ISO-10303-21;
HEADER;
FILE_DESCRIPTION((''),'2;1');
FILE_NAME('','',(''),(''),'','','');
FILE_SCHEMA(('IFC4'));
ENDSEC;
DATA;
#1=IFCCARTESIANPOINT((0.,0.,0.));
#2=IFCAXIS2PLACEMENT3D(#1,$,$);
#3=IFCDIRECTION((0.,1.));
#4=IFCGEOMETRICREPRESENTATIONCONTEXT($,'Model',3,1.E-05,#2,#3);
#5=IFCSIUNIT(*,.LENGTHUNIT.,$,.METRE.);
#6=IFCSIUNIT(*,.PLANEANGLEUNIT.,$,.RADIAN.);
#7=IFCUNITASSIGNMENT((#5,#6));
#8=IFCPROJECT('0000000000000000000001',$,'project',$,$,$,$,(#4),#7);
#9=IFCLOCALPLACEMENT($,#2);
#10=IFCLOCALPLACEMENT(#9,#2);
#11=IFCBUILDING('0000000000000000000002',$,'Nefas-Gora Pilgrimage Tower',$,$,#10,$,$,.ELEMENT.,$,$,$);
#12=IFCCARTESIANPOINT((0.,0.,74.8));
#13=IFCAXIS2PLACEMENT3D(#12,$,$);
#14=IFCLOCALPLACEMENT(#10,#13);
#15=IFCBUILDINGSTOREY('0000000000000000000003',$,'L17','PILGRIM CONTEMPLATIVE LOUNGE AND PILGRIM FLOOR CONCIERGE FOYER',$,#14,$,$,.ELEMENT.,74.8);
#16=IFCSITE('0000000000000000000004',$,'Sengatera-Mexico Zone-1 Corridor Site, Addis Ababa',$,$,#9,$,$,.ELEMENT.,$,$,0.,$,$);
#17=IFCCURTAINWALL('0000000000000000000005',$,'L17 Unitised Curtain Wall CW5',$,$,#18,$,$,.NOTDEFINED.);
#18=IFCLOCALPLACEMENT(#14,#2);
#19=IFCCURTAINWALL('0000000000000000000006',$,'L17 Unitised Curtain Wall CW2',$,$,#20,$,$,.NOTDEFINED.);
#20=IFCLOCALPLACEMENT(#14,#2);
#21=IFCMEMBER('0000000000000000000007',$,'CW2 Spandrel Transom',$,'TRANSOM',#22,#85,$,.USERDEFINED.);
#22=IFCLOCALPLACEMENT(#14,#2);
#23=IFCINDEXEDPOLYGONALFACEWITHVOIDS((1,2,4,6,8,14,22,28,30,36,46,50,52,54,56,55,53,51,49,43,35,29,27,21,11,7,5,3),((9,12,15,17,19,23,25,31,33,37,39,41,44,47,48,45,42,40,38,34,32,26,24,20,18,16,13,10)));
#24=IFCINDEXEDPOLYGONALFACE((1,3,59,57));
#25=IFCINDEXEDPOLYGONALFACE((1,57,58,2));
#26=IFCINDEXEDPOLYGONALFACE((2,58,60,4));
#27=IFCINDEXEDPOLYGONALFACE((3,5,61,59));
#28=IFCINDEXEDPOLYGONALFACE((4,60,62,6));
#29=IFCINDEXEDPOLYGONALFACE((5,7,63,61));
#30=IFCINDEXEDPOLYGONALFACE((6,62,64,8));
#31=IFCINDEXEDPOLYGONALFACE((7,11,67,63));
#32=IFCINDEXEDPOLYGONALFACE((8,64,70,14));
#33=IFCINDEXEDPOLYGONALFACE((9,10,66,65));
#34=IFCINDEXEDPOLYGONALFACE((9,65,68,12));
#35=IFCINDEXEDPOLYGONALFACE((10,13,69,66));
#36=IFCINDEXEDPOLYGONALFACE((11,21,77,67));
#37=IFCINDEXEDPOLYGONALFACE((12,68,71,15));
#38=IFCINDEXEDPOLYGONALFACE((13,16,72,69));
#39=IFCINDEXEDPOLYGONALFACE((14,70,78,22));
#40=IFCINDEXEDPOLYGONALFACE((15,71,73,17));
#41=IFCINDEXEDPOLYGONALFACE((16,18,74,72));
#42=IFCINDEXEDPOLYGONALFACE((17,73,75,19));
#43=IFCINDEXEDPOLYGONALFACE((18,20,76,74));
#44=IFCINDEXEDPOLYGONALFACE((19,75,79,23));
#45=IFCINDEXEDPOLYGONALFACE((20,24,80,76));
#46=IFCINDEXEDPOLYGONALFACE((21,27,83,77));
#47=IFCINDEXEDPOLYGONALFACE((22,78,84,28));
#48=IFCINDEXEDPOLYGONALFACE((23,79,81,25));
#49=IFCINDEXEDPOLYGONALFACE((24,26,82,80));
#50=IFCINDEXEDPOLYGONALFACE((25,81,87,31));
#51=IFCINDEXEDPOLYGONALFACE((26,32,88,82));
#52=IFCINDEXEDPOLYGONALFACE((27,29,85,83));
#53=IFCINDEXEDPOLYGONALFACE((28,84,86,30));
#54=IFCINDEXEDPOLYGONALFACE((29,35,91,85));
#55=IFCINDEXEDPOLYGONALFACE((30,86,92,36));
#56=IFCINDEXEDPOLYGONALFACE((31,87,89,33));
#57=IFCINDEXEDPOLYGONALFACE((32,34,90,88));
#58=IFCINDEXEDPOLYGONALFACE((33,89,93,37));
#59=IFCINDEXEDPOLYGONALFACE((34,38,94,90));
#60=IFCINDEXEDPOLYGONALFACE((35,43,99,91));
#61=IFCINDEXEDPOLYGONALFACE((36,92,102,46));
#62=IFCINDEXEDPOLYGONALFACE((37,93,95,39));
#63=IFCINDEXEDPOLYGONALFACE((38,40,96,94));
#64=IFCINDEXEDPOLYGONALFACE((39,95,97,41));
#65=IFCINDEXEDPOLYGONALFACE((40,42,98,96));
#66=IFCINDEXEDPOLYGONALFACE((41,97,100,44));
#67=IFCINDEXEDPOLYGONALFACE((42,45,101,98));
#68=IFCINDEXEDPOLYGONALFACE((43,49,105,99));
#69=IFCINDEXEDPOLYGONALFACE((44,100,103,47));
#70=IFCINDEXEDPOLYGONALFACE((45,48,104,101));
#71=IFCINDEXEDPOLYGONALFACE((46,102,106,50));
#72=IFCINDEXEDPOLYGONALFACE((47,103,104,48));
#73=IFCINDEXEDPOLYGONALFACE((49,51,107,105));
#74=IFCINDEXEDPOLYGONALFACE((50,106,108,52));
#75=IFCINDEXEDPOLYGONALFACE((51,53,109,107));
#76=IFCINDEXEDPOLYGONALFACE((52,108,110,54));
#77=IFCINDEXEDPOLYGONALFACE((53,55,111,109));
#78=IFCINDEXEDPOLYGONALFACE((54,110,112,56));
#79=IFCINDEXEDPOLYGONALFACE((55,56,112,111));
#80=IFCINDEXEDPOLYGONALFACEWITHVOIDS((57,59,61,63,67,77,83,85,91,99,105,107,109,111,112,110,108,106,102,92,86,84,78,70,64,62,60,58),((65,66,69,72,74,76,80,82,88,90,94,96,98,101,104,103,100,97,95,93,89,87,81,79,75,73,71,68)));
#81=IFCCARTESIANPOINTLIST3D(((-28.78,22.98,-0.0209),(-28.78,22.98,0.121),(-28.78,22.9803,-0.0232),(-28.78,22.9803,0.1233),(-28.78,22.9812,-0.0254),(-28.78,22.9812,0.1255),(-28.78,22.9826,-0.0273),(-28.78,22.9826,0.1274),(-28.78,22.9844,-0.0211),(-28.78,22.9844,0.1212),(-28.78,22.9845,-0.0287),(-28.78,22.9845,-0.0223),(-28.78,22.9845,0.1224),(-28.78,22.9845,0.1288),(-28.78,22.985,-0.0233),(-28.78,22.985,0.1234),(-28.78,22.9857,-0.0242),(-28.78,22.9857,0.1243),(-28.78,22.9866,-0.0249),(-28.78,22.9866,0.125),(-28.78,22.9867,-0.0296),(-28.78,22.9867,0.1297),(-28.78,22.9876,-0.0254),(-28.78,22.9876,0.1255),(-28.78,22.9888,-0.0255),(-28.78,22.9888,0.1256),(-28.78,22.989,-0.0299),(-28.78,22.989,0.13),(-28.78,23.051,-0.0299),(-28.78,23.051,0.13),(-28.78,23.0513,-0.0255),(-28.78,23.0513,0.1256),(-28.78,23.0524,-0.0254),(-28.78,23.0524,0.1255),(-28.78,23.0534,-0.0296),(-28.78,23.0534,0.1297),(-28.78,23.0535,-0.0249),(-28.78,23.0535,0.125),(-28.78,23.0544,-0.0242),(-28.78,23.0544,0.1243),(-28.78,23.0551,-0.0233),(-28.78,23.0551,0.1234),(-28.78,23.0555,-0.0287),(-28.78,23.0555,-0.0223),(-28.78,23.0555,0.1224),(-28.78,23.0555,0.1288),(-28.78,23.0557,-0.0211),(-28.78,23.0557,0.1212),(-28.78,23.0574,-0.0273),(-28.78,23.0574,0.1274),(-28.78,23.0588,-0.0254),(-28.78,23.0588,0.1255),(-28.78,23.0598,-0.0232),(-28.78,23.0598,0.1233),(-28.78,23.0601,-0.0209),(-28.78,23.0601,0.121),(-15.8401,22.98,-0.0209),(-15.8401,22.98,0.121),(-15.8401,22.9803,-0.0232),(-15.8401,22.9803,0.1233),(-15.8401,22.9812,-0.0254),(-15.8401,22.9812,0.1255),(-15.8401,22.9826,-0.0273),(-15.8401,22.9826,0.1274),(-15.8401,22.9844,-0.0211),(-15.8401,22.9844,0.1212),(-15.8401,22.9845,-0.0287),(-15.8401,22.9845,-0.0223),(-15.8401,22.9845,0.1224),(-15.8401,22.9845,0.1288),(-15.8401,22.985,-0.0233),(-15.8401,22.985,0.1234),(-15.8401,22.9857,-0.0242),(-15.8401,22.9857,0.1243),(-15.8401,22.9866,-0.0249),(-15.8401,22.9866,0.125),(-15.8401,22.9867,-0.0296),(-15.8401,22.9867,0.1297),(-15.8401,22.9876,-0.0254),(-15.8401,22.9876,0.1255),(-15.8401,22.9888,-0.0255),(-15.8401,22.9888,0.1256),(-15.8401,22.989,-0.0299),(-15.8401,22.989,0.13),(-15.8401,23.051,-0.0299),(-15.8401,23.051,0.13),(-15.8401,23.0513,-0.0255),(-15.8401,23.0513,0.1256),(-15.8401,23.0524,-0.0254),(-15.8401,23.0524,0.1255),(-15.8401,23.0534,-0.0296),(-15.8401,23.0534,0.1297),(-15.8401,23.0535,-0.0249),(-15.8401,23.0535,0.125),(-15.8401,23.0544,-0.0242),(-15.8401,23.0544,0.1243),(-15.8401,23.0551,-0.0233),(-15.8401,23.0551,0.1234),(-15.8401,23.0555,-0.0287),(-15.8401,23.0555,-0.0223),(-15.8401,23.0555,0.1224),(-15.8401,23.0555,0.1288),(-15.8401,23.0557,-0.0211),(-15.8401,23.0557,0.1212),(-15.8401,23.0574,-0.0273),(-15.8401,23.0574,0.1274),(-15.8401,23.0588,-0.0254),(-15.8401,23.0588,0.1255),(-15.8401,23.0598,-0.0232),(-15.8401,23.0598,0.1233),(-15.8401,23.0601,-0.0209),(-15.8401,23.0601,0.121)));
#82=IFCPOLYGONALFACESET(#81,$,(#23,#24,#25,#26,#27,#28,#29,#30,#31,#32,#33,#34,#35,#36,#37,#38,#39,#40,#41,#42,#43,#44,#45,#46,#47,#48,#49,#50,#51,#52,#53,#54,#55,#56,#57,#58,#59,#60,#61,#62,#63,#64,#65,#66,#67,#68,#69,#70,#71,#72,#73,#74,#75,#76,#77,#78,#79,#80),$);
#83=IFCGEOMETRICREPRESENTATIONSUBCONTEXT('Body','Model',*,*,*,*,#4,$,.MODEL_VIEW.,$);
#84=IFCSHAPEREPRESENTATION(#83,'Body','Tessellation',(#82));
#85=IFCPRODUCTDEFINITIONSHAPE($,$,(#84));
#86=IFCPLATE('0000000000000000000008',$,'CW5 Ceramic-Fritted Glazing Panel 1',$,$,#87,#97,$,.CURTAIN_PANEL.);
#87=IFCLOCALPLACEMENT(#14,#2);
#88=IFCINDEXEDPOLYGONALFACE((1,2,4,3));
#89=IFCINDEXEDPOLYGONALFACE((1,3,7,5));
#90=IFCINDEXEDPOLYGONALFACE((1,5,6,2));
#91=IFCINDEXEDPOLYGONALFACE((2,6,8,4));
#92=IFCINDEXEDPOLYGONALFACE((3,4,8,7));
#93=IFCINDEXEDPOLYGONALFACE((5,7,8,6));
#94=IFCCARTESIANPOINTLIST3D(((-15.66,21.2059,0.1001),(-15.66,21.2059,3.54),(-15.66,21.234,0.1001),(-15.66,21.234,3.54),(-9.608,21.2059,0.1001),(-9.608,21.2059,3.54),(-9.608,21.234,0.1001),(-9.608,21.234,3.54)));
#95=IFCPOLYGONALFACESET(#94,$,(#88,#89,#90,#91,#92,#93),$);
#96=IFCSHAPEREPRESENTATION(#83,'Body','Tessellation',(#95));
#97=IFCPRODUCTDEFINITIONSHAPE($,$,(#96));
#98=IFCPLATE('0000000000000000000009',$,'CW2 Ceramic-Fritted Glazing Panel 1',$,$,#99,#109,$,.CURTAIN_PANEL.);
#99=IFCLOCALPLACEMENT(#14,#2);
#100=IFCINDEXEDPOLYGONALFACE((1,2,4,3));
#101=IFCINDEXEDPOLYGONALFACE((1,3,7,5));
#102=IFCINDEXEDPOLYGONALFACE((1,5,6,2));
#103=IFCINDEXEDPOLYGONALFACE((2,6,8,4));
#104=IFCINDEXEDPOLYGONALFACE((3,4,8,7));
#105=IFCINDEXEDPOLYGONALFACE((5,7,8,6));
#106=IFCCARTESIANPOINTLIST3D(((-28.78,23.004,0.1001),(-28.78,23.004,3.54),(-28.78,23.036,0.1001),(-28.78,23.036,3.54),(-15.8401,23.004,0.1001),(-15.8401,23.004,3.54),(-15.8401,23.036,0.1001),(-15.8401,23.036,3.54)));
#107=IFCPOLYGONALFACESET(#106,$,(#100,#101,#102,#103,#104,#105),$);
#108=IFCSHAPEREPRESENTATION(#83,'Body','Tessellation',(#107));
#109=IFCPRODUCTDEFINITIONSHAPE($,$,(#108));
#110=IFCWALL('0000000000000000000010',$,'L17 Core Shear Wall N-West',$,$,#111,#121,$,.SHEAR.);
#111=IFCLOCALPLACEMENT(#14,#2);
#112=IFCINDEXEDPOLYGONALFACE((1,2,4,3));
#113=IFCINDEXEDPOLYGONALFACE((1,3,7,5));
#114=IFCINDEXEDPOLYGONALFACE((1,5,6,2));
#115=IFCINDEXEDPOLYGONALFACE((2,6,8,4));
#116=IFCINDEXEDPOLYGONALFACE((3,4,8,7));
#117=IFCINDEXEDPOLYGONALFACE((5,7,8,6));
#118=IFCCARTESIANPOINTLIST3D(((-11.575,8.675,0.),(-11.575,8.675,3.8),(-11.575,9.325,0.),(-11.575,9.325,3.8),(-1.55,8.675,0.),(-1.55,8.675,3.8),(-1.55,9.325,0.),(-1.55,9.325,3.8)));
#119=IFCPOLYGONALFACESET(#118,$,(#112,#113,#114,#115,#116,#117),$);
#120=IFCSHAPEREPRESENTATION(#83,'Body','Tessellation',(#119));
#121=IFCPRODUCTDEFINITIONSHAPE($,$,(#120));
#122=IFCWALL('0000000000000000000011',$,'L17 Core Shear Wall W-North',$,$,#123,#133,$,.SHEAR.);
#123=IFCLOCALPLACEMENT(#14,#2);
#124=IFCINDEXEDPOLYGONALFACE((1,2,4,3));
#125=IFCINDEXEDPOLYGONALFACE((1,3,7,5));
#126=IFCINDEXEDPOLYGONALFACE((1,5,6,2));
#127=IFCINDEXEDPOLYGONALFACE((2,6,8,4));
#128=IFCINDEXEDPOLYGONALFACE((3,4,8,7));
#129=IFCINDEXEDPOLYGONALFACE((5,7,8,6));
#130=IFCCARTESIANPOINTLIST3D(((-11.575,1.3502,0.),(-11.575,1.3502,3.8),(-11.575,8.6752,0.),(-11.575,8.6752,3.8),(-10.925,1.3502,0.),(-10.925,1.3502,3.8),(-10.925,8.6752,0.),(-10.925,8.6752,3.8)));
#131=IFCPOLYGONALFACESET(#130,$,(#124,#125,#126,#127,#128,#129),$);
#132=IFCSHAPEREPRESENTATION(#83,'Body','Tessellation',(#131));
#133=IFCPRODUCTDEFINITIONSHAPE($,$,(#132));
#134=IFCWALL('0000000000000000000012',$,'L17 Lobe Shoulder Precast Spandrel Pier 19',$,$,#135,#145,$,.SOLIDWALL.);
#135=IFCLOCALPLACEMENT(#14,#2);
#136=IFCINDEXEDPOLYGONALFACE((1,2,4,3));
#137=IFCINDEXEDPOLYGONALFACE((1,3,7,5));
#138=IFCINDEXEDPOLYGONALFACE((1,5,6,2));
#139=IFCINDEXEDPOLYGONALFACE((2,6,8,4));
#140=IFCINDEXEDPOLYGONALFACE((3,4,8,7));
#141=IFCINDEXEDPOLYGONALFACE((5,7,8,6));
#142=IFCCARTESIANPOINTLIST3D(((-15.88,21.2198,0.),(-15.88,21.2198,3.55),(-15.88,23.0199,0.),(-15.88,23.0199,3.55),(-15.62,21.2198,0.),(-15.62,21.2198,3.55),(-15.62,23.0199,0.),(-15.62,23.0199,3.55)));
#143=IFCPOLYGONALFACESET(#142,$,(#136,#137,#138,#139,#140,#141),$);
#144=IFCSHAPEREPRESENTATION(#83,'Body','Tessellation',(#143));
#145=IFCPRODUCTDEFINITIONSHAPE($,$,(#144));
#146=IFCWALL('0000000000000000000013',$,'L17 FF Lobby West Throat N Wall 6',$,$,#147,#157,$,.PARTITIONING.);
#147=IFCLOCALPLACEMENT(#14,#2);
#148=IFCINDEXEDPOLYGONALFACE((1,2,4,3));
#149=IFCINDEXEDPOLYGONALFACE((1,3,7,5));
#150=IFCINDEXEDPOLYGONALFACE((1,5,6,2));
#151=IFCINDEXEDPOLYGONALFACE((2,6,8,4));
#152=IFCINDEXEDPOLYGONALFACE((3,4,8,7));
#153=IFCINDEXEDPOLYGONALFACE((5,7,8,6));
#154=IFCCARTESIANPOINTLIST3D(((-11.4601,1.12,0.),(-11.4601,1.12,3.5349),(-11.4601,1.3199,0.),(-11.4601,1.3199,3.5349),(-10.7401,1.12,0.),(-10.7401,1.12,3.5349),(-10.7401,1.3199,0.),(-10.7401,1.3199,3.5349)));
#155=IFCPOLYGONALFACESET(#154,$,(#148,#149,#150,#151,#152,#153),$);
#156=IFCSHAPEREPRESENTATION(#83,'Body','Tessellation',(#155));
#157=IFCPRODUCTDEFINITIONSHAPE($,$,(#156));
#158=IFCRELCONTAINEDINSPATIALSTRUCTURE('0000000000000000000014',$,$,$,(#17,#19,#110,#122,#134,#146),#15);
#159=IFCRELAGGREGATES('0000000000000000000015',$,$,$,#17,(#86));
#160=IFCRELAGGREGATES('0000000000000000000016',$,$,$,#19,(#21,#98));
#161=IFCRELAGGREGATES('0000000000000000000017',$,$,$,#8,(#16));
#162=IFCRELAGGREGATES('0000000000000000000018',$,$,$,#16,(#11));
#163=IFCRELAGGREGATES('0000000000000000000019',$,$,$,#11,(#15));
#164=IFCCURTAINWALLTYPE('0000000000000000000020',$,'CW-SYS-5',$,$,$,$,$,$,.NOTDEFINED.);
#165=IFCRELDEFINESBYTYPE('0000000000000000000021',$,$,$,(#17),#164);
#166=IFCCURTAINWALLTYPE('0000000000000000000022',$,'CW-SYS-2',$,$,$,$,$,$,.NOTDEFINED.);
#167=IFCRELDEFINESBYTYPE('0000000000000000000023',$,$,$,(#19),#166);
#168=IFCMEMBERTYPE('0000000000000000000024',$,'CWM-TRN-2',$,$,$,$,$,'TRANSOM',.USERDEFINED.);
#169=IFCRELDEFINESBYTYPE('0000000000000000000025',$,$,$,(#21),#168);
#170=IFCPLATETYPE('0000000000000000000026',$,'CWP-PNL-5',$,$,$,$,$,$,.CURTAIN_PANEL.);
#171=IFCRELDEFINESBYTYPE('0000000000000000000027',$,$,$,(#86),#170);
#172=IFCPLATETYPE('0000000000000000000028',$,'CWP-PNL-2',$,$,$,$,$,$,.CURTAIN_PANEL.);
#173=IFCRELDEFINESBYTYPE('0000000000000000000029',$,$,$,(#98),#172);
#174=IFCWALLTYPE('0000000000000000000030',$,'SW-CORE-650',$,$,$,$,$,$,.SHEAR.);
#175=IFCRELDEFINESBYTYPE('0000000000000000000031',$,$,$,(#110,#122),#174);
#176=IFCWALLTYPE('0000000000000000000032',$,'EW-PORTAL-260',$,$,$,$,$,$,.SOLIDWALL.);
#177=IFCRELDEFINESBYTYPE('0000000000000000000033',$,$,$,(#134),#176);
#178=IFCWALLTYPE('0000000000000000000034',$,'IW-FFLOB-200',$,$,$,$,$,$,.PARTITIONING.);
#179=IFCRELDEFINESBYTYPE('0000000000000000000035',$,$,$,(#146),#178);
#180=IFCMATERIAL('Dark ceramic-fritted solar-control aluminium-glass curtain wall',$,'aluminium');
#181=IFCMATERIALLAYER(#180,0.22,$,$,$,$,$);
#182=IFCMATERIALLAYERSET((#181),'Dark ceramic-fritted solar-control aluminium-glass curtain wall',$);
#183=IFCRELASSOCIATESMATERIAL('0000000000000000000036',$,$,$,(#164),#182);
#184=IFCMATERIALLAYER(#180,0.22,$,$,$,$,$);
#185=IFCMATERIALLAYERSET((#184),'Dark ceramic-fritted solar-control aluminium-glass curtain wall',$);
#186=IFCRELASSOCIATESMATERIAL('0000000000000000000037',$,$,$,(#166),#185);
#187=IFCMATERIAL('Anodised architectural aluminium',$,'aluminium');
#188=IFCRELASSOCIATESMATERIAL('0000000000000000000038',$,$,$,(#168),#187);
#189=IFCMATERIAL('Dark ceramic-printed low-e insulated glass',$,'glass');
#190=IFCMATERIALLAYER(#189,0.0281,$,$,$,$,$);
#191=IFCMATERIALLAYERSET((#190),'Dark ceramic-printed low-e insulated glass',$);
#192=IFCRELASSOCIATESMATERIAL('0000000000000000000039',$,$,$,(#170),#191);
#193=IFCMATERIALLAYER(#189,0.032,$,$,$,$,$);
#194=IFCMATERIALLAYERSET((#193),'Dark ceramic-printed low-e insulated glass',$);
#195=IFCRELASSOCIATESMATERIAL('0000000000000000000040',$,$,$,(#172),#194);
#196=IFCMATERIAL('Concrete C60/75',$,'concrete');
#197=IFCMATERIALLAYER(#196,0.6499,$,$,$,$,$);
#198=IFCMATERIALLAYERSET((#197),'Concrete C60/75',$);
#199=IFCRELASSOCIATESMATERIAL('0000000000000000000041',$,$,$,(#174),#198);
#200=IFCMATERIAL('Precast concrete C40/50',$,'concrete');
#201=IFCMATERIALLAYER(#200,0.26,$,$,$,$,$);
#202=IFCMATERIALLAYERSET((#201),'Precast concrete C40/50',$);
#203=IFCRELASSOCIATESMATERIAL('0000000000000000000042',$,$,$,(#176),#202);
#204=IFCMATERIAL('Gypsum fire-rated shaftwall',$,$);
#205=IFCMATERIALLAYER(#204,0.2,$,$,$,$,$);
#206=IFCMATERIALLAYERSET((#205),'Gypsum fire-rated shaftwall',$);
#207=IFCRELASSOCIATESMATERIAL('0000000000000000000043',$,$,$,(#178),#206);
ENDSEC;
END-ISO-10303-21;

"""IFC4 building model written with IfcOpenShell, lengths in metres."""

from ifc_helpers import new_model, si_unit, direction, frame, frame_2d, origin, origin_2d, place, context, subcontext, project, spatial, rectangle, hollow_rectangle, extrude, source, transform, mapped, material, layer, layer_set, material_profile, profile_set, type_object, element, aggregate, save


model = new_model("IFC4")

# Units and contexts
model_context = context("Model", 3, precision=1e-05, world=origin(), true_north=direction((0.0, 1.0)))
body_context = subcontext(model_context, "Body", "Model", "MODEL_VIEW")
ifc_project = project(units=[si_unit("LENGTHUNIT", "METRE"), si_unit("PLANEANGLEUNIT", "RADIAN")], contexts=[model_context])

# Site, building, storey
site_placement = place(None, origin())
site = spatial("IfcSite", under=ifc_project, at=site_placement, Name="Sengatera-Mexico Zone-1 Corridor Site, Addis Ababa", CompositionType="ELEMENT", RefElevation=0.0)
building_placement = place(site_placement, origin())
building = spatial("IfcBuilding", under=site, at=building_placement, Name="Nefas-Gora Pilgrimage Tower", CompositionType="ELEMENT")
storey_placement = place(building_placement, frame((0.0, 0.0, 74.8)))
storey = spatial("IfcBuildingStorey", under=building, at=storey_placement, Name="L17", Description="PILGRIM CONTEMPLATIVE LOUNGE AND PILGRIM FLOOR CONCIERGE FOYER", CompositionType="ELEMENT", Elevation=74.8)

# Curtain wall
ifc_material_1 = material(Name="Dark ceramic-fritted solar-control aluminium-glass curtain wall", Category="aluminium")
ifc_layer_1 = layer(ifc_material_1, 0.22)
ifc_layer_set_1 = layer_set([ifc_layer_1], Name="Dark ceramic-fritted solar-control aluminium-glass curtain wall")
curtain_wall_type_1 = type_object("IfcCurtainWallType", Name="CW-SYS-5", PredefinedType="NOTDEFINED", material=ifc_layer_set_1)
curtain_wall_1_placement = place(storey_placement, origin())
curtain_wall_1 = element("IfcCurtainWall", 1, at=curtain_wall_1_placement, inside=storey, type_object=curtain_wall_type_1, Name="L17 Unitised Curtain Wall CW5", PredefinedType="NOTDEFINED")
ifc_material_2 = material(Name="Anodised architectural aluminium", Category="aluminium")

# Curtain wall, member
ifc_layer_2 = layer(ifc_material_1, 0.22)
ifc_layer_set_2 = layer_set([ifc_layer_2], Name="Dark ceramic-fritted solar-control aluminium-glass curtain wall")
curtain_wall_type_2 = type_object("IfcCurtainWallType", Name="CW-SYS-2", PredefinedType="NOTDEFINED", material=ifc_layer_set_2)
curtain_wall_2_placement = place(storey_placement, origin())
curtain_wall_2 = element("IfcCurtainWall", 2, at=curtain_wall_2_placement, inside=storey, type_object=curtain_wall_type_2, Name="L17 Unitised Curtain Wall CW2", PredefinedType="NOTDEFINED")
ifc_material_profile_1 = material_profile(ifc_material_2, hollow_rectangle(XDim=0.0801, YDim=0.1599, WallThickness=0.0044, InnerFilletRadius=0.0044, OuterFilletRadius=0.009, at=origin_2d()), Name="ALU TRANSOM 80x160")
ifc_profile_set_1 = profile_set([ifc_material_profile_1], Name="Anodised architectural aluminium")
member_type_1 = type_object("IfcMemberType", Name="CWM-TRN-2", ElementType="TRANSOM", PredefinedType="USERDEFINED", material=ifc_profile_set_1)
shared_shape_1 = source(origin(), body_context, "Body", "SweptSolid", [
    extrude(hollow_rectangle(XDim=0.0801, YDim=0.1599, WallThickness=0.0044, InnerFilletRadius=0.0044, OuterFilletRadius=0.009, at=origin_2d()), origin(), (0.0, 0.0, 1.0), 12.9399),
])
member_1_placement = place(storey_placement, frame((-15.8401, 23.02, 0.05), z_axis=(-1.0, 0.0, 0.0), x_axis=(0.0, -1.0, 0.0)))
member_1 = element("IfcMember", 3, at=member_1_placement, type_object=member_type_1, Name="CW2 Spandrel Transom", ObjectType="TRANSOM", PredefinedType="USERDEFINED", context=body_context, shape_type="MappedRepresentation", body=[
    mapped(shared_shape_1, transform((0.0, 0.0, 0.0), x_axis=(1.0, 0.0, 0.0), y_axis=(0.0, 1.0, 0.0), z_axis=(0.0, 0.0, 1.0), scale=1.0)),
])

# Plates
ifc_material_3 = material(Name="Dark ceramic-printed low-e insulated glass", Category="glass")
ifc_layer_3 = layer(ifc_material_3, 0.0281)
ifc_layer_set_3 = layer_set([ifc_layer_3], Name="Dark ceramic-printed low-e insulated glass")
plate_type_1 = type_object("IfcPlateType", Name="CWP-PNL-5", PredefinedType="CURTAIN_PANEL", material=ifc_layer_set_3)
shared_shape_2 = source(origin(), body_context, "Body", "SweptSolid", [
    extrude(rectangle(XDim=6.052, YDim=0.0281, at=origin_2d()), origin(), (0.0, 0.0, 1.0), 3.4399),
])
plate_1_placement = place(storey_placement, frame((-12.634, 21.22, 0.1001), z_axis=(0.0, 0.0, 1.0), x_axis=(-1.0, 0.0, 0.0)))
plate_1 = element("IfcPlate", 4, at=plate_1_placement, type_object=plate_type_1, Name="CW5 Ceramic-Fritted Glazing Panel 1", PredefinedType="CURTAIN_PANEL", context=body_context, shape_type="MappedRepresentation", body=[
    mapped(shared_shape_2, transform((0.0, 0.0, 0.0), x_axis=(1.0, 0.0, 0.0), y_axis=(0.0, 1.0, 0.0), z_axis=(0.0, 0.0, 1.0), scale=1.0)),
])
aggregate(curtain_wall_1, [plate_1])
ifc_layer_4 = layer(ifc_material_3, 0.032)
ifc_layer_set_4 = layer_set([ifc_layer_4], Name="Dark ceramic-printed low-e insulated glass")
plate_type_2 = type_object("IfcPlateType", Name="CWP-PNL-2", PredefinedType="CURTAIN_PANEL", material=ifc_layer_set_4)
shared_shape_3 = source(origin(), body_context, "Body", "SweptSolid", [
    extrude(rectangle(XDim=12.9399, YDim=0.032, at=origin_2d()), origin(), (0.0, 0.0, 1.0), 3.4399),
])
plate_2_placement = place(storey_placement, frame((-22.3101, 23.02, 0.1001), z_axis=(0.0, 0.0, 1.0), x_axis=(-1.0, 0.0, 0.0)))
plate_2 = element("IfcPlate", 5, at=plate_2_placement, type_object=plate_type_2, Name="CW2 Ceramic-Fritted Glazing Panel 1", PredefinedType="CURTAIN_PANEL", context=body_context, shape_type="MappedRepresentation", body=[
    mapped(shared_shape_3, transform((0.0, 0.0, 0.0), x_axis=(1.0, 0.0, 0.0), y_axis=(0.0, 1.0, 0.0), z_axis=(0.0, 0.0, 1.0), scale=1.0)),
])
aggregate(curtain_wall_2, [member_1, plate_2])

# Walls
ifc_material_4 = material(Name="Concrete C60/75", Category="concrete")
ifc_layer_5 = layer(ifc_material_4, 0.6499)
ifc_layer_set_5 = layer_set([ifc_layer_5], Name="Concrete C60/75")
wall_type_1 = type_object("IfcWallType", Name="SW-CORE-650", PredefinedType="SHEAR", material=ifc_layer_set_5)
shared_shape_4 = source(origin(), body_context, "Body", "SweptSolid", [
    extrude(rectangle(XDim=10.0249, YDim=0.6499, at=frame_2d((5.0125, 0.0))), origin(), (0.0, 0.0, 1.0), 3.8),
])
wall_1_placement = place(storey_placement, frame((-11.575, 9.0, 0.0), z_axis=(0.0, 0.0, 1.0), x_axis=(1.0, 0.0, 0.0)))
element("IfcWall", 6, at=wall_1_placement, inside=storey, type_object=wall_type_1, Name="L17 Core Shear Wall N-West", PredefinedType="SHEAR", context=body_context, shape_type="MappedRepresentation", body=[
    mapped(shared_shape_4, transform((0.0, 0.0, 0.0), x_axis=(1.0, 0.0, 0.0), y_axis=(0.0, 1.0, 0.0), z_axis=(0.0, 0.0, 1.0), scale=1.0)),
])
shared_shape_5 = source(origin(), body_context, "Body", "SweptSolid", [
    extrude(rectangle(XDim=7.325, YDim=0.6499, at=frame_2d((3.6626, 0.0))), origin(), (0.0, 0.0, 1.0), 3.8),
])
wall_2_placement = place(storey_placement, frame((-11.25, 1.3501, 0.0), z_axis=(0.0, 0.0, 1.0), x_axis=(0.0, 1.0, 0.0)))
element("IfcWall", 7, at=wall_2_placement, inside=storey, type_object=wall_type_1, Name="L17 Core Shear Wall W-North", PredefinedType="SHEAR", context=body_context, shape_type="MappedRepresentation", body=[
    mapped(shared_shape_5, transform((0.0, 0.0, 0.0), x_axis=(1.0, 0.0, 0.0), y_axis=(0.0, 1.0, 0.0), z_axis=(0.0, 0.0, 1.0), scale=1.0)),
])
ifc_material_5 = material(Name="Precast concrete C40/50", Category="concrete")
ifc_layer_6 = layer(ifc_material_5, 0.26)
ifc_layer_set_6 = layer_set([ifc_layer_6], Name="Precast concrete C40/50")
wall_type_2 = type_object("IfcWallType", Name="EW-PORTAL-260", PredefinedType="SOLIDWALL", material=ifc_layer_set_6)
shared_shape_6 = source(origin(), body_context, "Body", "SweptSolid", [
    extrude(rectangle(XDim=1.8, YDim=0.26, at=frame_2d((0.8999, 0.0))), origin(), (0.0, 0.0, 1.0), 3.55),
])
wall_3_placement = place(storey_placement, frame((-15.75, 21.22, 0.0), z_axis=(0.0, 0.0, 1.0), x_axis=(0.0, 1.0, 0.0)))
element("IfcWall", 8, at=wall_3_placement, inside=storey, type_object=wall_type_2, Name="L17 Lobe Shoulder Precast Spandrel Pier 19", PredefinedType="SOLIDWALL", context=body_context, shape_type="MappedRepresentation", body=[
    mapped(shared_shape_6, transform((0.0, 0.0, 0.0), x_axis=(1.0, 0.0, 0.0), y_axis=(0.0, 1.0, 0.0), z_axis=(0.0, 0.0, 1.0), scale=1.0)),
])
ifc_material_6 = material(Name="Gypsum fire-rated shaftwall")
ifc_layer_7 = layer(ifc_material_6, 0.2)
ifc_layer_set_7 = layer_set([ifc_layer_7], Name="Gypsum fire-rated shaftwall")
wall_type_3 = type_object("IfcWallType", Name="IW-FFLOB-200", PredefinedType="PARTITIONING", material=ifc_layer_set_7)
shared_shape_7 = source(origin(), body_context, "Body", "SweptSolid", [
    extrude(rectangle(XDim=0.72, YDim=0.2, at=frame_2d((0.3599, 0.0))), origin(), (0.0, 0.0, 1.0), 3.5349),
])
wall_4_placement = place(storey_placement, frame((-11.46, 1.22, 0.0), z_axis=(0.0, 0.0, 1.0), x_axis=(1.0, 0.0, 0.0)))
element("IfcWall", 9, at=wall_4_placement, inside=storey, type_object=wall_type_3, Name="L17 FF Lobby West Throat N Wall 6", PredefinedType="PARTITIONING", context=body_context, shape_type="MappedRepresentation", body=[
    mapped(shared_shape_7, transform((0.0, 0.0, 0.0), x_axis=(1.0, 0.0, 0.0), y_axis=(0.0, 1.0, 0.0), z_axis=(0.0, 0.0, 1.0), scale=1.0)),
])

save(model, "model.ifc")
